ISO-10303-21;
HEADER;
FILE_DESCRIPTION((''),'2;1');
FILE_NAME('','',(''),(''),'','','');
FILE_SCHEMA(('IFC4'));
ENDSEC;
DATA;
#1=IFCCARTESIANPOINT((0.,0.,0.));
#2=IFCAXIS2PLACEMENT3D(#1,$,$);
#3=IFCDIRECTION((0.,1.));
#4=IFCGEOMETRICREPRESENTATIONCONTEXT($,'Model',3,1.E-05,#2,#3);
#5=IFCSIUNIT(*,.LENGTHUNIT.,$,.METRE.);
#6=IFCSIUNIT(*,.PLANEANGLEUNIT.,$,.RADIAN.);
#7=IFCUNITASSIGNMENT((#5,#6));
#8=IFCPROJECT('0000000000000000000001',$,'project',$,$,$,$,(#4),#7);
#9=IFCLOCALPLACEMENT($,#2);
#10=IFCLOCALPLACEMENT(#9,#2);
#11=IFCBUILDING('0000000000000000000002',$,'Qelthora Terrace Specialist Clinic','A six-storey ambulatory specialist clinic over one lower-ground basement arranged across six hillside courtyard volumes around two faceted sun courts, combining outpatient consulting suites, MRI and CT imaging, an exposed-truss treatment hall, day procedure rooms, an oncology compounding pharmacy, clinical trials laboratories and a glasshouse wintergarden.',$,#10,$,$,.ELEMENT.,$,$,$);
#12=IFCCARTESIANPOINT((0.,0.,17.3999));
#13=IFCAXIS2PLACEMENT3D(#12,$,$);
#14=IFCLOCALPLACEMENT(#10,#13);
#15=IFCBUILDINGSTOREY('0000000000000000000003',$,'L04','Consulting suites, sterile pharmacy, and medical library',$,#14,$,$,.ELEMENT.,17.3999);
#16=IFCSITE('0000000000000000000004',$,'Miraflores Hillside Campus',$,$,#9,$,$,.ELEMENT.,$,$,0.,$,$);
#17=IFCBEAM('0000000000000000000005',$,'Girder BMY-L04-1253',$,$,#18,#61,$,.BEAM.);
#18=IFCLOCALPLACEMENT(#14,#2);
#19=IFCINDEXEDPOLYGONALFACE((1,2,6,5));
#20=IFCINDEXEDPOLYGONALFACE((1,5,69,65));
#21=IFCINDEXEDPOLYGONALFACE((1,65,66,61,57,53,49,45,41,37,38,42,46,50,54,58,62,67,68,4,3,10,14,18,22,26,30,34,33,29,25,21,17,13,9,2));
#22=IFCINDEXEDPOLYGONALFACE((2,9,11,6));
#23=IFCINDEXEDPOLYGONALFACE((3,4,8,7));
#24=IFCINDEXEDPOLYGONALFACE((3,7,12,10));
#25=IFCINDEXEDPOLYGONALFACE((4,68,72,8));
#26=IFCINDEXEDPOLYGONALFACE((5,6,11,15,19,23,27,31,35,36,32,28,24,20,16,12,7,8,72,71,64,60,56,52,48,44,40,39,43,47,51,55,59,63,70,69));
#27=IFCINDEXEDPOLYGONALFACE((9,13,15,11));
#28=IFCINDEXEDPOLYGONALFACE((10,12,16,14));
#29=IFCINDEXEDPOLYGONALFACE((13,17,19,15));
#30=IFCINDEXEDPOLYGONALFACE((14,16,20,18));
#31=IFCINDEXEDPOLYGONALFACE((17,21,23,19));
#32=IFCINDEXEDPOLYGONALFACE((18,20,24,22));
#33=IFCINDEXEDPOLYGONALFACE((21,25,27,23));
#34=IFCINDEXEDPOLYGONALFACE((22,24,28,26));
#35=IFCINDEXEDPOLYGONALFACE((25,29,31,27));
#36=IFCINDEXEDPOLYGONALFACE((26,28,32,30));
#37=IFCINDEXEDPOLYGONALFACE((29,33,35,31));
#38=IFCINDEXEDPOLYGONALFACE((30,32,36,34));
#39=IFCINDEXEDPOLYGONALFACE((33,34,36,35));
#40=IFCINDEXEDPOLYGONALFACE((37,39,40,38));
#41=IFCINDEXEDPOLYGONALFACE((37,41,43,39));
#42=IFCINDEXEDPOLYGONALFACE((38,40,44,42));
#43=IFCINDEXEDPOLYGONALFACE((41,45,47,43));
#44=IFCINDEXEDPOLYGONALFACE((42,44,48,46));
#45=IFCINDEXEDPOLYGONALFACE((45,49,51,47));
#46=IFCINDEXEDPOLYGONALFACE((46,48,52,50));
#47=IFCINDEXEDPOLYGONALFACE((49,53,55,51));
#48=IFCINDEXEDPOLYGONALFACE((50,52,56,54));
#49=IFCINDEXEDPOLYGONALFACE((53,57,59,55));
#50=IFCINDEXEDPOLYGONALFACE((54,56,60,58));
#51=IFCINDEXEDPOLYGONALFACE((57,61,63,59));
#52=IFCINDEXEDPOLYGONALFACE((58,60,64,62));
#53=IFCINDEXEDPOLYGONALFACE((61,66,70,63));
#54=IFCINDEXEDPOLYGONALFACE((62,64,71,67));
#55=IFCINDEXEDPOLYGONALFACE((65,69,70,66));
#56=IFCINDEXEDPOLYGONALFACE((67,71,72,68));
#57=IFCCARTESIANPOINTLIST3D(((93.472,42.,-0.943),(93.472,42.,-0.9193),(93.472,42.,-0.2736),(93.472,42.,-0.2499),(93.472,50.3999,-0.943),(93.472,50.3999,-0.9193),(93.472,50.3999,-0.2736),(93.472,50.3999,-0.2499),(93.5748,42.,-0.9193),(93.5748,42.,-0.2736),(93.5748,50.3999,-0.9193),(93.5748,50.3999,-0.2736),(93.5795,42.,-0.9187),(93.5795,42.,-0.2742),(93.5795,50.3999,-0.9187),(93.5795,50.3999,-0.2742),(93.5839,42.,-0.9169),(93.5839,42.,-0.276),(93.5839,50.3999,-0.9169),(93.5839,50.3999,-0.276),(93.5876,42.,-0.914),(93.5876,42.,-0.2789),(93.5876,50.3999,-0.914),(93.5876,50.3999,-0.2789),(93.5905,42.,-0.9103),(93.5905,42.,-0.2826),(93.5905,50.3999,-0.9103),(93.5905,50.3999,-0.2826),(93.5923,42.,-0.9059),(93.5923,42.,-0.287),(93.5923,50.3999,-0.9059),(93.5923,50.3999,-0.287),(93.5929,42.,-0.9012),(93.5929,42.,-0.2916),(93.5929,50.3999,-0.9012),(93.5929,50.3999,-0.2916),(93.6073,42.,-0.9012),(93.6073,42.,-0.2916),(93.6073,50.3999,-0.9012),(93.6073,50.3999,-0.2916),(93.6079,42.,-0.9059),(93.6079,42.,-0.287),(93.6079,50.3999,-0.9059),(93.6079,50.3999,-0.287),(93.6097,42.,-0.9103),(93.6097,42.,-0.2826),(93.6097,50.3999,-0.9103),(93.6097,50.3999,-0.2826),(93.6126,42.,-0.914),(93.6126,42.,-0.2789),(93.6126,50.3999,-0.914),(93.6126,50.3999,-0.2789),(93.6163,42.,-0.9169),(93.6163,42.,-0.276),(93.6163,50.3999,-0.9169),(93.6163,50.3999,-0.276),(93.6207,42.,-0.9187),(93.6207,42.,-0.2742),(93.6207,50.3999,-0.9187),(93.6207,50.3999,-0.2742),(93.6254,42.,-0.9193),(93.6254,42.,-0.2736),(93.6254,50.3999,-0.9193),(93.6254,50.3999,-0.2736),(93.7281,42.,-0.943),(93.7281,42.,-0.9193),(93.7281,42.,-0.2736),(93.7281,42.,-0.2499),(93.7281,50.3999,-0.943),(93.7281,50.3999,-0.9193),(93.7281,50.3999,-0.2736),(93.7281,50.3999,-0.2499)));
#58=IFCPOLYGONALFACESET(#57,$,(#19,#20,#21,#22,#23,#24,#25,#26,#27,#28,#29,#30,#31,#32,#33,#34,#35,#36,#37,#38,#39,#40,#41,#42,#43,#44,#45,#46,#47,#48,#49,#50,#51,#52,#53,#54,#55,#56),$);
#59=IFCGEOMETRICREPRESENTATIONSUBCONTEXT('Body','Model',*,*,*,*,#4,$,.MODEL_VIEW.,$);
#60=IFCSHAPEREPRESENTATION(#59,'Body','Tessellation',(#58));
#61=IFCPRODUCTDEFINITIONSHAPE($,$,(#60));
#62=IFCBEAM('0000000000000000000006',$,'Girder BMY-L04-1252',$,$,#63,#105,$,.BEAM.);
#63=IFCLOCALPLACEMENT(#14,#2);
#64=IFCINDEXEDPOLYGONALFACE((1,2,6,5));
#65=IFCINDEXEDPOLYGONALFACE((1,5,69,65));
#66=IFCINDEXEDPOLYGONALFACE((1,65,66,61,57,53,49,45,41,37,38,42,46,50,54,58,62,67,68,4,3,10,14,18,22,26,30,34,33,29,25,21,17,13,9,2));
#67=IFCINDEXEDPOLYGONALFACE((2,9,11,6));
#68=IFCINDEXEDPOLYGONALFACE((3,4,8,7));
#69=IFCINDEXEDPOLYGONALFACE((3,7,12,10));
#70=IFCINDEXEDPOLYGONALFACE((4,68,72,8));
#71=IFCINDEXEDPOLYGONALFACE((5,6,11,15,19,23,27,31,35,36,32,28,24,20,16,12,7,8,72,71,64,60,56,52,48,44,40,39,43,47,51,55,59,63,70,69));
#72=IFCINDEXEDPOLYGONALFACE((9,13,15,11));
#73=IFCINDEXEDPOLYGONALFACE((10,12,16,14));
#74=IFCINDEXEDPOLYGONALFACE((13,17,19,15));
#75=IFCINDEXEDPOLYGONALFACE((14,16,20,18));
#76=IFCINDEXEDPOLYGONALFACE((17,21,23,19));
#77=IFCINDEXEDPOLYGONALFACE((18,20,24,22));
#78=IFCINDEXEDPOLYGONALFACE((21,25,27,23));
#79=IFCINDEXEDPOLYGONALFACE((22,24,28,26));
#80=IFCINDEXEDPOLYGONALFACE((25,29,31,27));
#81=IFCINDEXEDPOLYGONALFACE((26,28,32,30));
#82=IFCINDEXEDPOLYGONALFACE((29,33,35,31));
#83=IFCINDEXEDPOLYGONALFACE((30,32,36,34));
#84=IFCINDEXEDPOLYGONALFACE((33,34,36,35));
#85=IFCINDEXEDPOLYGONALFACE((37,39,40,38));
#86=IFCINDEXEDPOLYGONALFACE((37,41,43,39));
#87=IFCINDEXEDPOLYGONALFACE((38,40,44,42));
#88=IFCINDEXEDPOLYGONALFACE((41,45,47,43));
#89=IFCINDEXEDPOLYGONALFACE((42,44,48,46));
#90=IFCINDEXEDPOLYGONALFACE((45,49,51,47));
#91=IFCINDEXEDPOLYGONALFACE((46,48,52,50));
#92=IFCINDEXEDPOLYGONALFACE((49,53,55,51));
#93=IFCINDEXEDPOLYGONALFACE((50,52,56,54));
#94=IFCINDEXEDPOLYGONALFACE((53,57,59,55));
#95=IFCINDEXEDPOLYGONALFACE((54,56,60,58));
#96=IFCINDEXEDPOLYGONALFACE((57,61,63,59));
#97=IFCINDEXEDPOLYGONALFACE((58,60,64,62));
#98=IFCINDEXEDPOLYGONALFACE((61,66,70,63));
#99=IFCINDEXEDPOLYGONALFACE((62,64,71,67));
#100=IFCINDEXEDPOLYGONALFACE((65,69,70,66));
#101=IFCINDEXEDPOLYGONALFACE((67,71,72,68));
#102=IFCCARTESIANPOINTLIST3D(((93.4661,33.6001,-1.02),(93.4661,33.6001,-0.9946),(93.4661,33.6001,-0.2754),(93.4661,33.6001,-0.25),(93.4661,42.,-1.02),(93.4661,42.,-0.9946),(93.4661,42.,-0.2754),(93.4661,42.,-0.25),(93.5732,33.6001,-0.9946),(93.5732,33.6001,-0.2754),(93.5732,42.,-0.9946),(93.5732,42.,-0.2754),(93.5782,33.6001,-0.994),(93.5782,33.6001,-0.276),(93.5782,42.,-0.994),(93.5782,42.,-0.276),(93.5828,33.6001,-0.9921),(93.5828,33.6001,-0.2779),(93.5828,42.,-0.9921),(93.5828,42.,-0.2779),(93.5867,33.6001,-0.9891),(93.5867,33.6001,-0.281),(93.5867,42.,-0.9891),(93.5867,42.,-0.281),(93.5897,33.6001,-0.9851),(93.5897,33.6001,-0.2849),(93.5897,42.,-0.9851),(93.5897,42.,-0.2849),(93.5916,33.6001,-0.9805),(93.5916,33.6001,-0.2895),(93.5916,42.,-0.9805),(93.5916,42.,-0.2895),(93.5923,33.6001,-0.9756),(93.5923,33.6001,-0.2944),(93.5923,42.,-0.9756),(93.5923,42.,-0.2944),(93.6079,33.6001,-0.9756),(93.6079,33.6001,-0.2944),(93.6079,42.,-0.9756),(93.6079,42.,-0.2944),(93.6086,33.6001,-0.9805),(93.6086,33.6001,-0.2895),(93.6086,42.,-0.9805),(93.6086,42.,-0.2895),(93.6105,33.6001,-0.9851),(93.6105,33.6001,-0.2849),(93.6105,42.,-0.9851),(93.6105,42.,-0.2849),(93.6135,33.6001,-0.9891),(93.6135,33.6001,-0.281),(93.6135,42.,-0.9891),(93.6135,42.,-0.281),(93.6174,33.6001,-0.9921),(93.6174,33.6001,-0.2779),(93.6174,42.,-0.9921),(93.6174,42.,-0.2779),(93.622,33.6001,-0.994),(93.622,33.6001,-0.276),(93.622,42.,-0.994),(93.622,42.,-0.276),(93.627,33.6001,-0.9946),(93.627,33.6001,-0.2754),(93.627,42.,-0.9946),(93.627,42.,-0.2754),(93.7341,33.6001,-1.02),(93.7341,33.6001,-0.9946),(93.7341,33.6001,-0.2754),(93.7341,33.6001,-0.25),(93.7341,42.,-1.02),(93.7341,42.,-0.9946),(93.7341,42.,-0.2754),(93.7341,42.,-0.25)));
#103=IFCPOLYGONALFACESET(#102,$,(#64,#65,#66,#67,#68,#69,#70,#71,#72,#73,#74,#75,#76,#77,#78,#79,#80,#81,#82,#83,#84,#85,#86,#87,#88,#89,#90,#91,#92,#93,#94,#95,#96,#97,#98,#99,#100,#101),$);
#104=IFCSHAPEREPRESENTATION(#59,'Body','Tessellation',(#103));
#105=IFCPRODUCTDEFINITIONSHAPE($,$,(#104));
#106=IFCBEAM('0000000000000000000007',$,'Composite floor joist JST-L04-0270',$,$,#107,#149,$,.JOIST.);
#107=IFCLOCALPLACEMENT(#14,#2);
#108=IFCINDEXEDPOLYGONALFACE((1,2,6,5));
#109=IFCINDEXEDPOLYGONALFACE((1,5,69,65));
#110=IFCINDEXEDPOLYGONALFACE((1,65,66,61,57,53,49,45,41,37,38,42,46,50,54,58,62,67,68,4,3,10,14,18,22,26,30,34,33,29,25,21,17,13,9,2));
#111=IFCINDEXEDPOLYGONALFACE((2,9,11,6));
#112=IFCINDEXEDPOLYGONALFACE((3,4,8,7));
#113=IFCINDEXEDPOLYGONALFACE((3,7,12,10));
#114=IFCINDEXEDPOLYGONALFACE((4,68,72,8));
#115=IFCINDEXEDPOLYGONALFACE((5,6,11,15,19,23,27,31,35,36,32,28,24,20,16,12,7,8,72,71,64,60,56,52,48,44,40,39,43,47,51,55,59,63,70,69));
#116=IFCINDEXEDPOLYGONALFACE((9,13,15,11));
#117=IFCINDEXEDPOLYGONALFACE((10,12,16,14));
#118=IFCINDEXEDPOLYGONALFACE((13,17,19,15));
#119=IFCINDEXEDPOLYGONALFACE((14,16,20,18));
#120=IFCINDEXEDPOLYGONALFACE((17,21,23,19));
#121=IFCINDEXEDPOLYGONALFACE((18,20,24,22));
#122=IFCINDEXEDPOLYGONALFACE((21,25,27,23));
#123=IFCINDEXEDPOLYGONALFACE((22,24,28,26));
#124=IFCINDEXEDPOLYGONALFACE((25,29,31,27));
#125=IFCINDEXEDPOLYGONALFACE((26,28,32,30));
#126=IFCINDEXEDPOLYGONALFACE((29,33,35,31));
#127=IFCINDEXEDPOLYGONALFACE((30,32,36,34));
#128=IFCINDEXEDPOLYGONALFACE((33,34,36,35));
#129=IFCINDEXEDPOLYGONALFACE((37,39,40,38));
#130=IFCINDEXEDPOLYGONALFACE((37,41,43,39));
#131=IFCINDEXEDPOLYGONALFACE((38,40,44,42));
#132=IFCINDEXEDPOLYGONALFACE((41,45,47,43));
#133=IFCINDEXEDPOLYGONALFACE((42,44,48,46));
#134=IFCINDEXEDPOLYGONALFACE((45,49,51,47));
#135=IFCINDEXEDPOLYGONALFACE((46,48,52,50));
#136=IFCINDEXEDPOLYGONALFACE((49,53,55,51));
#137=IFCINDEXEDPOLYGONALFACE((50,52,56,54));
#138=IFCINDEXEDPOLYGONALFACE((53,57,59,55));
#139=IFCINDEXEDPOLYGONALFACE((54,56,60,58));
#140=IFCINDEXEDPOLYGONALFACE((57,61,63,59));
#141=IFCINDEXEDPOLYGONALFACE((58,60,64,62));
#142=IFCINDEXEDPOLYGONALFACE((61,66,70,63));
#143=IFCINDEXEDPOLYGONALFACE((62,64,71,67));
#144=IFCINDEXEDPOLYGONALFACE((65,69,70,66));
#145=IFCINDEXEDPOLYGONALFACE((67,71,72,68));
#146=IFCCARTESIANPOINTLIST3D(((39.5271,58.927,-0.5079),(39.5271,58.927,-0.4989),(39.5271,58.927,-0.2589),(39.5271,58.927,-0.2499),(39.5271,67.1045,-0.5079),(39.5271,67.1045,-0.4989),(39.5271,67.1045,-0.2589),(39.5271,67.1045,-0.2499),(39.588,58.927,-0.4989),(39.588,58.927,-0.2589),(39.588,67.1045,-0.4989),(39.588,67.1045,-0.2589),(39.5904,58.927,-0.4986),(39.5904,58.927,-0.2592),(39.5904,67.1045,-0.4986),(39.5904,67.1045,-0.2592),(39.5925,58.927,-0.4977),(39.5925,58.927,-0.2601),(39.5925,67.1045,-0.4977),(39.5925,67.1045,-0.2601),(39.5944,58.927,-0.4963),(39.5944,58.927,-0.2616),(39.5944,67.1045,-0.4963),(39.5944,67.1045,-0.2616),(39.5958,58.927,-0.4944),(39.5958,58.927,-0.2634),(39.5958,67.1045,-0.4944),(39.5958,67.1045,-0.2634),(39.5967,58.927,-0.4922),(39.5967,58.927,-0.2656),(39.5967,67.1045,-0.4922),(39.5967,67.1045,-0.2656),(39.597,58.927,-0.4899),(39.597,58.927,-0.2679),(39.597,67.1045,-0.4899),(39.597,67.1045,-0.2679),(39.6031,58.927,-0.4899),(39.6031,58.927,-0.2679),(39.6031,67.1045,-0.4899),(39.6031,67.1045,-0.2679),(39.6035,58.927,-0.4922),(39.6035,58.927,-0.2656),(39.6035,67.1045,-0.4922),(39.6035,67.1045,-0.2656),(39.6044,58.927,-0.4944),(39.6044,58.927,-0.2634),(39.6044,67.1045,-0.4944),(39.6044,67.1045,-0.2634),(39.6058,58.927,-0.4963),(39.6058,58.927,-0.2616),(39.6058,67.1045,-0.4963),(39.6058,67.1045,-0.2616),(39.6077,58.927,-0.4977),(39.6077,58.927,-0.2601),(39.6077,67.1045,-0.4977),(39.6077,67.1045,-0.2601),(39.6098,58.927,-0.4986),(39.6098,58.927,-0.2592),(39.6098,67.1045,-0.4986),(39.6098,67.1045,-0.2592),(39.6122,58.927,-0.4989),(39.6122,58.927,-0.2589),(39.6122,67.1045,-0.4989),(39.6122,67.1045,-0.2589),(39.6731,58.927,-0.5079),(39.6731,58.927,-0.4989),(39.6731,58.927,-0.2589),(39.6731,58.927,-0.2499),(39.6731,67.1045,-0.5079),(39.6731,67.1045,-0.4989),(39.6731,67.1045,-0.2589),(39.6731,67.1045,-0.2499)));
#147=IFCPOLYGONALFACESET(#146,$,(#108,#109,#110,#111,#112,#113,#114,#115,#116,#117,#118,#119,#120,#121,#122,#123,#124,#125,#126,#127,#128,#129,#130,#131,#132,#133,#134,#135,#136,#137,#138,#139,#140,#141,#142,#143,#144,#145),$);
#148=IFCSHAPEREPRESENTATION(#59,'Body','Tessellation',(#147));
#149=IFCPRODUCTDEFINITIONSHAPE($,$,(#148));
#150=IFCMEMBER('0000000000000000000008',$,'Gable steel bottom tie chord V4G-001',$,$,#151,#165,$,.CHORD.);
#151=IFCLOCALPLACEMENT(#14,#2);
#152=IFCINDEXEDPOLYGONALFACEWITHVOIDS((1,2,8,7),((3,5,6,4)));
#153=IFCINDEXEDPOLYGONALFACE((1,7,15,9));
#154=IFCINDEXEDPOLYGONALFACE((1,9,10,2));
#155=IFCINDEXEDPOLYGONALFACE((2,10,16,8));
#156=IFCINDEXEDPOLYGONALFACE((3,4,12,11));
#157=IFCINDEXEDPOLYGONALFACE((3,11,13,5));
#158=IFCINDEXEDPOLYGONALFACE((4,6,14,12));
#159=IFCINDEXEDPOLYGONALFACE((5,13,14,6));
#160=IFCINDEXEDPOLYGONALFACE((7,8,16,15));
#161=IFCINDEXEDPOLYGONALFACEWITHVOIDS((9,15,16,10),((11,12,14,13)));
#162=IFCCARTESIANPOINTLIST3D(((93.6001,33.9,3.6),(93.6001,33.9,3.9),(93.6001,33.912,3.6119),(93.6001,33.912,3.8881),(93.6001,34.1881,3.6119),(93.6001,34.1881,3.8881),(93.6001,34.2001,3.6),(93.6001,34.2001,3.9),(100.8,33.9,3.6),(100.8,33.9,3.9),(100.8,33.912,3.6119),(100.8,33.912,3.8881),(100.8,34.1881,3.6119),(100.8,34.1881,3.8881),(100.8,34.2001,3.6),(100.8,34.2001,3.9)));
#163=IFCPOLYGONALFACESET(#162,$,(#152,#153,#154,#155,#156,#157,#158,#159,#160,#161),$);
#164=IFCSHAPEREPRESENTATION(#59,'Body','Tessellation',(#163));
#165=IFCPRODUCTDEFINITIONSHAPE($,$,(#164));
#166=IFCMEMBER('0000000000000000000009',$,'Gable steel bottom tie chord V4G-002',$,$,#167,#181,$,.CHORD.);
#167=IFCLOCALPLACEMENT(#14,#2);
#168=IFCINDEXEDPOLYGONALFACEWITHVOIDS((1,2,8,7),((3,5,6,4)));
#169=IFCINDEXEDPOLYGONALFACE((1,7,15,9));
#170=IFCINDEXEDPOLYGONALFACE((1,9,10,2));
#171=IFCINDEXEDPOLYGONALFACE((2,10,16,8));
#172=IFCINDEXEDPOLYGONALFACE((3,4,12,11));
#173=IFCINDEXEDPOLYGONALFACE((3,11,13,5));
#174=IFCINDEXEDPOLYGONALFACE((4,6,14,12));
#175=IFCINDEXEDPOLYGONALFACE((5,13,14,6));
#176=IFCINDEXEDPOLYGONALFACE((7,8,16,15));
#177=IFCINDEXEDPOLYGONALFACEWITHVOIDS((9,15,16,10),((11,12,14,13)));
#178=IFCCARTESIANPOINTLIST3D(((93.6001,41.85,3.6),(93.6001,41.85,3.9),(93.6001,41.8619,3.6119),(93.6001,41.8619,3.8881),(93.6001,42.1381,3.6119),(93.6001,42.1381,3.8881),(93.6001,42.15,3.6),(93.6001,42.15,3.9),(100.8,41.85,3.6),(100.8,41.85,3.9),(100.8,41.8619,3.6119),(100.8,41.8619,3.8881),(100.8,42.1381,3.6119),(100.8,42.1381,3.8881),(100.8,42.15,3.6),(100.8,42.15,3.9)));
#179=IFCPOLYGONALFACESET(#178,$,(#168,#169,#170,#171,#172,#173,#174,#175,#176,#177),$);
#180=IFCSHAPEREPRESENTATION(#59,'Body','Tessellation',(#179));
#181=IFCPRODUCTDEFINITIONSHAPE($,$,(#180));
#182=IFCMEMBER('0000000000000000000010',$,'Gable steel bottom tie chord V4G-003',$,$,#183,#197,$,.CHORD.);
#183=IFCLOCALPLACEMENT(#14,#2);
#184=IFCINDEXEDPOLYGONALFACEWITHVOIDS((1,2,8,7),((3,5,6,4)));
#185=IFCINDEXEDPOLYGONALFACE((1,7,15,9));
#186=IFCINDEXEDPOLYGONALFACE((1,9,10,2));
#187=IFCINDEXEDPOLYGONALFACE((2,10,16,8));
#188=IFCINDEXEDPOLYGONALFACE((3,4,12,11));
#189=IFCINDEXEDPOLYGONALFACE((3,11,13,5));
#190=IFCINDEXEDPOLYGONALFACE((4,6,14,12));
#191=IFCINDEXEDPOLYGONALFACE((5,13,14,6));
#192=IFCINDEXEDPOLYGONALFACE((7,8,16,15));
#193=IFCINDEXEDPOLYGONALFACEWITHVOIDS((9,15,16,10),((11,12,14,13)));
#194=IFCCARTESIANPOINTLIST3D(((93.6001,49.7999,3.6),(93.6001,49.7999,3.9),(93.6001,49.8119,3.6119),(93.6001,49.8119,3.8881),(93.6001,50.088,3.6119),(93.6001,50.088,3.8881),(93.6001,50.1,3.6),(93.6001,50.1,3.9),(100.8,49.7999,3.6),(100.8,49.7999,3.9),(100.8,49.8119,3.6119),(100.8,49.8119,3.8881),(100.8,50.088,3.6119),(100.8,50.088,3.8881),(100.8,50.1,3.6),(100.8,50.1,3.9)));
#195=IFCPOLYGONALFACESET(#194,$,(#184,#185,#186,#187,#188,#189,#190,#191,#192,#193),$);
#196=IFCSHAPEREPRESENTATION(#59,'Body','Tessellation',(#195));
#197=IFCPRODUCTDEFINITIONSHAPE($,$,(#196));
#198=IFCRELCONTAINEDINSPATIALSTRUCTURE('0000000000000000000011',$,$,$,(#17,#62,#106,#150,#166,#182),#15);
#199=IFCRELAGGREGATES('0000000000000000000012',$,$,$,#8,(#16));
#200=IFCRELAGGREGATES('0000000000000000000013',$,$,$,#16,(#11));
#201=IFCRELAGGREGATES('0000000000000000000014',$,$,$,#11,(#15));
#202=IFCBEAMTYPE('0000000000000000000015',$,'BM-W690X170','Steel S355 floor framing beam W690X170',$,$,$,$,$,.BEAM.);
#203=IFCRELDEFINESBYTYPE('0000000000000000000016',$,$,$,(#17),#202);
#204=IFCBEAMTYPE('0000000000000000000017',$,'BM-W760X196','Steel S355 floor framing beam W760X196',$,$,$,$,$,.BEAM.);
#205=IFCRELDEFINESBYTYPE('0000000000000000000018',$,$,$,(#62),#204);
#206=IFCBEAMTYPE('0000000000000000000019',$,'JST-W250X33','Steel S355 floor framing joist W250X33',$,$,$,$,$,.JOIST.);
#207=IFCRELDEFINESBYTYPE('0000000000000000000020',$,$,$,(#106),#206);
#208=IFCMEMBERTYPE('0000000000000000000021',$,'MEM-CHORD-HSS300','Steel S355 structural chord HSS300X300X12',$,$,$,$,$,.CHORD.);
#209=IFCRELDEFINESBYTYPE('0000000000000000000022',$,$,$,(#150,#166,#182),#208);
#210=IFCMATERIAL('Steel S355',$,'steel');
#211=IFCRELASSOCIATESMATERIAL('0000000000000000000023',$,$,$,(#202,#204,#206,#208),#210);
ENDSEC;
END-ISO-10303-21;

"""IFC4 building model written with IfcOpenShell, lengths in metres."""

from ifc_helpers import new_model, si_unit, direction, frame, origin, origin_2d, place, context, subcontext, project, spatial, hollow_rectangle, i_section, extrude, material, material_profile, profile_set, type_object, element, save


model = new_model("IFC4")

# Units and contexts
model_context = context("Model", 3, precision=1e-05, world=origin(), true_north=direction((0.0, 1.0)))
body_context = subcontext(model_context, "Body", "Model", "MODEL_VIEW")
ifc_project = project(units=[si_unit("LENGTHUNIT", "METRE"), si_unit("PLANEANGLEUNIT", "RADIAN")], contexts=[model_context])

# Site, building, storey
site_placement = place(None, origin())
site = spatial("IfcSite", under=ifc_project, at=site_placement, Name="Miraflores Hillside Campus", CompositionType="ELEMENT", RefElevation=0.0)
building_placement = place(site_placement, origin())
building = spatial("IfcBuilding", under=site, at=building_placement, Name="Qelthora Terrace Specialist Clinic", Description="A six-storey ambulatory specialist clinic over one lower-ground basement arranged across six hillside courtyard volumes around two faceted sun courts, combining outpatient consulting suites, MRI and CT imaging, an exposed-truss treatment hall, day procedure rooms, an oncology compounding pharmacy, clinical trials laboratories and a glasshouse wintergarden.", CompositionType="ELEMENT")
storey_placement = place(building_placement, frame((0.0, 0.0, 17.3999)))
storey = spatial("IfcBuildingStorey", under=building, at=storey_placement, Name="L04", Description="Consulting suites, sterile pharmacy, and medical library", CompositionType="ELEMENT", Elevation=17.3999)

# Shared definitions
ifc_material_1 = material(Name="Steel S355", Category="steel")

# Beams
ifc_material_profile_1 = material_profile(ifc_material_1, i_section(OverallWidth=0.2561, OverallDepth=0.6931, WebThickness=0.0144, FlangeThickness=0.0237, FilletRadius=0.0181, at=origin_2d()), Name="W690X170")
ifc_profile_set_1 = profile_set([ifc_material_profile_1], Name="Steel S355")
beam_type_1 = type_object("IfcBeamType", Name="BM-W690X170", Description="Steel S355 floor framing beam W690X170", PredefinedType="BEAM", material=ifc_profile_set_1)
beam_1_placement = place(storey_placement, frame((93.6001, 42.0, -0.5964), z_axis=(0.0, 1.0, 0.0), x_axis=(-1.0, 0.0, 0.0)))
element("IfcBeam", 1, at=beam_1_placement, inside=storey, type_object=beam_type_1, Name="Girder BMY-L04-1253", PredefinedType="BEAM", context=body_context, shape_type="SweptSolid", body=[
    extrude(i_section(OverallWidth=0.2561, OverallDepth=0.6931, WebThickness=0.0144, FlangeThickness=0.0237, FilletRadius=0.0181, at=origin_2d()), origin(), (0.0, 0.0, 1.0), 8.3999),
])
ifc_material_profile_2 = material_profile(ifc_material_1, i_section(OverallWidth=0.2681, OverallDepth=0.77, WebThickness=0.0156, FlangeThickness=0.0254, FilletRadius=0.019, at=origin_2d()), Name="W760X196")
ifc_profile_set_2 = profile_set([ifc_material_profile_2], Name="Steel S355")
beam_type_2 = type_object("IfcBeamType", Name="BM-W760X196", Description="Steel S355 floor framing beam W760X196", PredefinedType="BEAM", material=ifc_profile_set_2)
beam_2_placement = place(storey_placement, frame((93.6001, 33.6001, -0.635), z_axis=(0.0, 1.0, 0.0), x_axis=(-1.0, 0.0, 0.0)))
element("IfcBeam", 2, at=beam_2_placement, inside=storey, type_object=beam_type_2, Name="Girder BMY-L04-1252", PredefinedType="BEAM", context=body_context, shape_type="SweptSolid", body=[
    extrude(i_section(OverallWidth=0.2681, OverallDepth=0.77, WebThickness=0.0156, FlangeThickness=0.0254, FilletRadius=0.019, at=origin_2d()), origin(), (0.0, 0.0, 1.0), 8.3999),
])
ifc_material_profile_3 = material_profile(ifc_material_1, i_section(OverallWidth=0.146, OverallDepth=0.2581, WebThickness=0.0061, FlangeThickness=0.009, FilletRadius=0.009, at=origin_2d()), Name="W250X33")
ifc_profile_set_3 = profile_set([ifc_material_profile_3], Name="Steel S355")
beam_type_3 = type_object("IfcBeamType", Name="JST-W250X33", Description="Steel S355 floor framing joist W250X33", PredefinedType="JOIST", material=ifc_profile_set_3)
beam_3_placement = place(storey_placement, frame((39.6001, 58.927, -0.3789), z_axis=(0.0, 1.0, 0.0), x_axis=(-1.0, 0.0, 0.0)))
element("IfcBeam", 3, at=beam_3_placement, inside=storey, type_object=beam_type_3, Name="Composite floor joist JST-L04-0270", PredefinedType="JOIST", context=body_context, shape_type="SweptSolid", body=[
    extrude(i_section(OverallWidth=0.146, OverallDepth=0.2581, WebThickness=0.0061, FlangeThickness=0.009, FilletRadius=0.009, at=origin_2d()), origin(), (0.0, 0.0, 1.0), 8.1775),
])

# Members
ifc_material_profile_4 = material_profile(ifc_material_1, hollow_rectangle(XDim=0.3, YDim=0.3, WallThickness=0.012, at=origin_2d()), Name="HSS300X300X12")
ifc_profile_set_4 = profile_set([ifc_material_profile_4], Name="Steel S355")
member_type_1 = type_object("IfcMemberType", Name="MEM-CHORD-HSS300", Description="Steel S355 structural chord HSS300X300X12", PredefinedType="CHORD", material=ifc_profile_set_4)
for number, where, z_axis, x_axis, name in (
    (4, (93.6001, 34.05, 3.75), (1.0, 0.0, 0.0), (0.0, 1.0, 0.0), "Gable steel bottom tie chord V4G-001"),
    (5, (93.6001, 42.0, 3.75), (1.0, 0.0, 0.0), (0.0, 1.0, 0.0), "Gable steel bottom tie chord V4G-002"),
    (6, (93.6001, 49.95, 3.75), (1.0, 0.0, 0.0), (0.0, 1.0, 0.0), "Gable steel bottom tie chord V4G-003"),
):
    element("IfcMember", number, at=place(storey_placement, frame(where, z_axis=z_axis, x_axis=x_axis)), inside=storey, type_object=member_type_1, Name=name, PredefinedType="CHORD", context=body_context, shape_type="SweptSolid", body=[
        extrude(hollow_rectangle(XDim=0.3, YDim=0.3, WallThickness=0.012, at=origin_2d()), origin(), (0.0, 0.0, 1.0), 7.2),
    ])

save(model, "model.ifc")
